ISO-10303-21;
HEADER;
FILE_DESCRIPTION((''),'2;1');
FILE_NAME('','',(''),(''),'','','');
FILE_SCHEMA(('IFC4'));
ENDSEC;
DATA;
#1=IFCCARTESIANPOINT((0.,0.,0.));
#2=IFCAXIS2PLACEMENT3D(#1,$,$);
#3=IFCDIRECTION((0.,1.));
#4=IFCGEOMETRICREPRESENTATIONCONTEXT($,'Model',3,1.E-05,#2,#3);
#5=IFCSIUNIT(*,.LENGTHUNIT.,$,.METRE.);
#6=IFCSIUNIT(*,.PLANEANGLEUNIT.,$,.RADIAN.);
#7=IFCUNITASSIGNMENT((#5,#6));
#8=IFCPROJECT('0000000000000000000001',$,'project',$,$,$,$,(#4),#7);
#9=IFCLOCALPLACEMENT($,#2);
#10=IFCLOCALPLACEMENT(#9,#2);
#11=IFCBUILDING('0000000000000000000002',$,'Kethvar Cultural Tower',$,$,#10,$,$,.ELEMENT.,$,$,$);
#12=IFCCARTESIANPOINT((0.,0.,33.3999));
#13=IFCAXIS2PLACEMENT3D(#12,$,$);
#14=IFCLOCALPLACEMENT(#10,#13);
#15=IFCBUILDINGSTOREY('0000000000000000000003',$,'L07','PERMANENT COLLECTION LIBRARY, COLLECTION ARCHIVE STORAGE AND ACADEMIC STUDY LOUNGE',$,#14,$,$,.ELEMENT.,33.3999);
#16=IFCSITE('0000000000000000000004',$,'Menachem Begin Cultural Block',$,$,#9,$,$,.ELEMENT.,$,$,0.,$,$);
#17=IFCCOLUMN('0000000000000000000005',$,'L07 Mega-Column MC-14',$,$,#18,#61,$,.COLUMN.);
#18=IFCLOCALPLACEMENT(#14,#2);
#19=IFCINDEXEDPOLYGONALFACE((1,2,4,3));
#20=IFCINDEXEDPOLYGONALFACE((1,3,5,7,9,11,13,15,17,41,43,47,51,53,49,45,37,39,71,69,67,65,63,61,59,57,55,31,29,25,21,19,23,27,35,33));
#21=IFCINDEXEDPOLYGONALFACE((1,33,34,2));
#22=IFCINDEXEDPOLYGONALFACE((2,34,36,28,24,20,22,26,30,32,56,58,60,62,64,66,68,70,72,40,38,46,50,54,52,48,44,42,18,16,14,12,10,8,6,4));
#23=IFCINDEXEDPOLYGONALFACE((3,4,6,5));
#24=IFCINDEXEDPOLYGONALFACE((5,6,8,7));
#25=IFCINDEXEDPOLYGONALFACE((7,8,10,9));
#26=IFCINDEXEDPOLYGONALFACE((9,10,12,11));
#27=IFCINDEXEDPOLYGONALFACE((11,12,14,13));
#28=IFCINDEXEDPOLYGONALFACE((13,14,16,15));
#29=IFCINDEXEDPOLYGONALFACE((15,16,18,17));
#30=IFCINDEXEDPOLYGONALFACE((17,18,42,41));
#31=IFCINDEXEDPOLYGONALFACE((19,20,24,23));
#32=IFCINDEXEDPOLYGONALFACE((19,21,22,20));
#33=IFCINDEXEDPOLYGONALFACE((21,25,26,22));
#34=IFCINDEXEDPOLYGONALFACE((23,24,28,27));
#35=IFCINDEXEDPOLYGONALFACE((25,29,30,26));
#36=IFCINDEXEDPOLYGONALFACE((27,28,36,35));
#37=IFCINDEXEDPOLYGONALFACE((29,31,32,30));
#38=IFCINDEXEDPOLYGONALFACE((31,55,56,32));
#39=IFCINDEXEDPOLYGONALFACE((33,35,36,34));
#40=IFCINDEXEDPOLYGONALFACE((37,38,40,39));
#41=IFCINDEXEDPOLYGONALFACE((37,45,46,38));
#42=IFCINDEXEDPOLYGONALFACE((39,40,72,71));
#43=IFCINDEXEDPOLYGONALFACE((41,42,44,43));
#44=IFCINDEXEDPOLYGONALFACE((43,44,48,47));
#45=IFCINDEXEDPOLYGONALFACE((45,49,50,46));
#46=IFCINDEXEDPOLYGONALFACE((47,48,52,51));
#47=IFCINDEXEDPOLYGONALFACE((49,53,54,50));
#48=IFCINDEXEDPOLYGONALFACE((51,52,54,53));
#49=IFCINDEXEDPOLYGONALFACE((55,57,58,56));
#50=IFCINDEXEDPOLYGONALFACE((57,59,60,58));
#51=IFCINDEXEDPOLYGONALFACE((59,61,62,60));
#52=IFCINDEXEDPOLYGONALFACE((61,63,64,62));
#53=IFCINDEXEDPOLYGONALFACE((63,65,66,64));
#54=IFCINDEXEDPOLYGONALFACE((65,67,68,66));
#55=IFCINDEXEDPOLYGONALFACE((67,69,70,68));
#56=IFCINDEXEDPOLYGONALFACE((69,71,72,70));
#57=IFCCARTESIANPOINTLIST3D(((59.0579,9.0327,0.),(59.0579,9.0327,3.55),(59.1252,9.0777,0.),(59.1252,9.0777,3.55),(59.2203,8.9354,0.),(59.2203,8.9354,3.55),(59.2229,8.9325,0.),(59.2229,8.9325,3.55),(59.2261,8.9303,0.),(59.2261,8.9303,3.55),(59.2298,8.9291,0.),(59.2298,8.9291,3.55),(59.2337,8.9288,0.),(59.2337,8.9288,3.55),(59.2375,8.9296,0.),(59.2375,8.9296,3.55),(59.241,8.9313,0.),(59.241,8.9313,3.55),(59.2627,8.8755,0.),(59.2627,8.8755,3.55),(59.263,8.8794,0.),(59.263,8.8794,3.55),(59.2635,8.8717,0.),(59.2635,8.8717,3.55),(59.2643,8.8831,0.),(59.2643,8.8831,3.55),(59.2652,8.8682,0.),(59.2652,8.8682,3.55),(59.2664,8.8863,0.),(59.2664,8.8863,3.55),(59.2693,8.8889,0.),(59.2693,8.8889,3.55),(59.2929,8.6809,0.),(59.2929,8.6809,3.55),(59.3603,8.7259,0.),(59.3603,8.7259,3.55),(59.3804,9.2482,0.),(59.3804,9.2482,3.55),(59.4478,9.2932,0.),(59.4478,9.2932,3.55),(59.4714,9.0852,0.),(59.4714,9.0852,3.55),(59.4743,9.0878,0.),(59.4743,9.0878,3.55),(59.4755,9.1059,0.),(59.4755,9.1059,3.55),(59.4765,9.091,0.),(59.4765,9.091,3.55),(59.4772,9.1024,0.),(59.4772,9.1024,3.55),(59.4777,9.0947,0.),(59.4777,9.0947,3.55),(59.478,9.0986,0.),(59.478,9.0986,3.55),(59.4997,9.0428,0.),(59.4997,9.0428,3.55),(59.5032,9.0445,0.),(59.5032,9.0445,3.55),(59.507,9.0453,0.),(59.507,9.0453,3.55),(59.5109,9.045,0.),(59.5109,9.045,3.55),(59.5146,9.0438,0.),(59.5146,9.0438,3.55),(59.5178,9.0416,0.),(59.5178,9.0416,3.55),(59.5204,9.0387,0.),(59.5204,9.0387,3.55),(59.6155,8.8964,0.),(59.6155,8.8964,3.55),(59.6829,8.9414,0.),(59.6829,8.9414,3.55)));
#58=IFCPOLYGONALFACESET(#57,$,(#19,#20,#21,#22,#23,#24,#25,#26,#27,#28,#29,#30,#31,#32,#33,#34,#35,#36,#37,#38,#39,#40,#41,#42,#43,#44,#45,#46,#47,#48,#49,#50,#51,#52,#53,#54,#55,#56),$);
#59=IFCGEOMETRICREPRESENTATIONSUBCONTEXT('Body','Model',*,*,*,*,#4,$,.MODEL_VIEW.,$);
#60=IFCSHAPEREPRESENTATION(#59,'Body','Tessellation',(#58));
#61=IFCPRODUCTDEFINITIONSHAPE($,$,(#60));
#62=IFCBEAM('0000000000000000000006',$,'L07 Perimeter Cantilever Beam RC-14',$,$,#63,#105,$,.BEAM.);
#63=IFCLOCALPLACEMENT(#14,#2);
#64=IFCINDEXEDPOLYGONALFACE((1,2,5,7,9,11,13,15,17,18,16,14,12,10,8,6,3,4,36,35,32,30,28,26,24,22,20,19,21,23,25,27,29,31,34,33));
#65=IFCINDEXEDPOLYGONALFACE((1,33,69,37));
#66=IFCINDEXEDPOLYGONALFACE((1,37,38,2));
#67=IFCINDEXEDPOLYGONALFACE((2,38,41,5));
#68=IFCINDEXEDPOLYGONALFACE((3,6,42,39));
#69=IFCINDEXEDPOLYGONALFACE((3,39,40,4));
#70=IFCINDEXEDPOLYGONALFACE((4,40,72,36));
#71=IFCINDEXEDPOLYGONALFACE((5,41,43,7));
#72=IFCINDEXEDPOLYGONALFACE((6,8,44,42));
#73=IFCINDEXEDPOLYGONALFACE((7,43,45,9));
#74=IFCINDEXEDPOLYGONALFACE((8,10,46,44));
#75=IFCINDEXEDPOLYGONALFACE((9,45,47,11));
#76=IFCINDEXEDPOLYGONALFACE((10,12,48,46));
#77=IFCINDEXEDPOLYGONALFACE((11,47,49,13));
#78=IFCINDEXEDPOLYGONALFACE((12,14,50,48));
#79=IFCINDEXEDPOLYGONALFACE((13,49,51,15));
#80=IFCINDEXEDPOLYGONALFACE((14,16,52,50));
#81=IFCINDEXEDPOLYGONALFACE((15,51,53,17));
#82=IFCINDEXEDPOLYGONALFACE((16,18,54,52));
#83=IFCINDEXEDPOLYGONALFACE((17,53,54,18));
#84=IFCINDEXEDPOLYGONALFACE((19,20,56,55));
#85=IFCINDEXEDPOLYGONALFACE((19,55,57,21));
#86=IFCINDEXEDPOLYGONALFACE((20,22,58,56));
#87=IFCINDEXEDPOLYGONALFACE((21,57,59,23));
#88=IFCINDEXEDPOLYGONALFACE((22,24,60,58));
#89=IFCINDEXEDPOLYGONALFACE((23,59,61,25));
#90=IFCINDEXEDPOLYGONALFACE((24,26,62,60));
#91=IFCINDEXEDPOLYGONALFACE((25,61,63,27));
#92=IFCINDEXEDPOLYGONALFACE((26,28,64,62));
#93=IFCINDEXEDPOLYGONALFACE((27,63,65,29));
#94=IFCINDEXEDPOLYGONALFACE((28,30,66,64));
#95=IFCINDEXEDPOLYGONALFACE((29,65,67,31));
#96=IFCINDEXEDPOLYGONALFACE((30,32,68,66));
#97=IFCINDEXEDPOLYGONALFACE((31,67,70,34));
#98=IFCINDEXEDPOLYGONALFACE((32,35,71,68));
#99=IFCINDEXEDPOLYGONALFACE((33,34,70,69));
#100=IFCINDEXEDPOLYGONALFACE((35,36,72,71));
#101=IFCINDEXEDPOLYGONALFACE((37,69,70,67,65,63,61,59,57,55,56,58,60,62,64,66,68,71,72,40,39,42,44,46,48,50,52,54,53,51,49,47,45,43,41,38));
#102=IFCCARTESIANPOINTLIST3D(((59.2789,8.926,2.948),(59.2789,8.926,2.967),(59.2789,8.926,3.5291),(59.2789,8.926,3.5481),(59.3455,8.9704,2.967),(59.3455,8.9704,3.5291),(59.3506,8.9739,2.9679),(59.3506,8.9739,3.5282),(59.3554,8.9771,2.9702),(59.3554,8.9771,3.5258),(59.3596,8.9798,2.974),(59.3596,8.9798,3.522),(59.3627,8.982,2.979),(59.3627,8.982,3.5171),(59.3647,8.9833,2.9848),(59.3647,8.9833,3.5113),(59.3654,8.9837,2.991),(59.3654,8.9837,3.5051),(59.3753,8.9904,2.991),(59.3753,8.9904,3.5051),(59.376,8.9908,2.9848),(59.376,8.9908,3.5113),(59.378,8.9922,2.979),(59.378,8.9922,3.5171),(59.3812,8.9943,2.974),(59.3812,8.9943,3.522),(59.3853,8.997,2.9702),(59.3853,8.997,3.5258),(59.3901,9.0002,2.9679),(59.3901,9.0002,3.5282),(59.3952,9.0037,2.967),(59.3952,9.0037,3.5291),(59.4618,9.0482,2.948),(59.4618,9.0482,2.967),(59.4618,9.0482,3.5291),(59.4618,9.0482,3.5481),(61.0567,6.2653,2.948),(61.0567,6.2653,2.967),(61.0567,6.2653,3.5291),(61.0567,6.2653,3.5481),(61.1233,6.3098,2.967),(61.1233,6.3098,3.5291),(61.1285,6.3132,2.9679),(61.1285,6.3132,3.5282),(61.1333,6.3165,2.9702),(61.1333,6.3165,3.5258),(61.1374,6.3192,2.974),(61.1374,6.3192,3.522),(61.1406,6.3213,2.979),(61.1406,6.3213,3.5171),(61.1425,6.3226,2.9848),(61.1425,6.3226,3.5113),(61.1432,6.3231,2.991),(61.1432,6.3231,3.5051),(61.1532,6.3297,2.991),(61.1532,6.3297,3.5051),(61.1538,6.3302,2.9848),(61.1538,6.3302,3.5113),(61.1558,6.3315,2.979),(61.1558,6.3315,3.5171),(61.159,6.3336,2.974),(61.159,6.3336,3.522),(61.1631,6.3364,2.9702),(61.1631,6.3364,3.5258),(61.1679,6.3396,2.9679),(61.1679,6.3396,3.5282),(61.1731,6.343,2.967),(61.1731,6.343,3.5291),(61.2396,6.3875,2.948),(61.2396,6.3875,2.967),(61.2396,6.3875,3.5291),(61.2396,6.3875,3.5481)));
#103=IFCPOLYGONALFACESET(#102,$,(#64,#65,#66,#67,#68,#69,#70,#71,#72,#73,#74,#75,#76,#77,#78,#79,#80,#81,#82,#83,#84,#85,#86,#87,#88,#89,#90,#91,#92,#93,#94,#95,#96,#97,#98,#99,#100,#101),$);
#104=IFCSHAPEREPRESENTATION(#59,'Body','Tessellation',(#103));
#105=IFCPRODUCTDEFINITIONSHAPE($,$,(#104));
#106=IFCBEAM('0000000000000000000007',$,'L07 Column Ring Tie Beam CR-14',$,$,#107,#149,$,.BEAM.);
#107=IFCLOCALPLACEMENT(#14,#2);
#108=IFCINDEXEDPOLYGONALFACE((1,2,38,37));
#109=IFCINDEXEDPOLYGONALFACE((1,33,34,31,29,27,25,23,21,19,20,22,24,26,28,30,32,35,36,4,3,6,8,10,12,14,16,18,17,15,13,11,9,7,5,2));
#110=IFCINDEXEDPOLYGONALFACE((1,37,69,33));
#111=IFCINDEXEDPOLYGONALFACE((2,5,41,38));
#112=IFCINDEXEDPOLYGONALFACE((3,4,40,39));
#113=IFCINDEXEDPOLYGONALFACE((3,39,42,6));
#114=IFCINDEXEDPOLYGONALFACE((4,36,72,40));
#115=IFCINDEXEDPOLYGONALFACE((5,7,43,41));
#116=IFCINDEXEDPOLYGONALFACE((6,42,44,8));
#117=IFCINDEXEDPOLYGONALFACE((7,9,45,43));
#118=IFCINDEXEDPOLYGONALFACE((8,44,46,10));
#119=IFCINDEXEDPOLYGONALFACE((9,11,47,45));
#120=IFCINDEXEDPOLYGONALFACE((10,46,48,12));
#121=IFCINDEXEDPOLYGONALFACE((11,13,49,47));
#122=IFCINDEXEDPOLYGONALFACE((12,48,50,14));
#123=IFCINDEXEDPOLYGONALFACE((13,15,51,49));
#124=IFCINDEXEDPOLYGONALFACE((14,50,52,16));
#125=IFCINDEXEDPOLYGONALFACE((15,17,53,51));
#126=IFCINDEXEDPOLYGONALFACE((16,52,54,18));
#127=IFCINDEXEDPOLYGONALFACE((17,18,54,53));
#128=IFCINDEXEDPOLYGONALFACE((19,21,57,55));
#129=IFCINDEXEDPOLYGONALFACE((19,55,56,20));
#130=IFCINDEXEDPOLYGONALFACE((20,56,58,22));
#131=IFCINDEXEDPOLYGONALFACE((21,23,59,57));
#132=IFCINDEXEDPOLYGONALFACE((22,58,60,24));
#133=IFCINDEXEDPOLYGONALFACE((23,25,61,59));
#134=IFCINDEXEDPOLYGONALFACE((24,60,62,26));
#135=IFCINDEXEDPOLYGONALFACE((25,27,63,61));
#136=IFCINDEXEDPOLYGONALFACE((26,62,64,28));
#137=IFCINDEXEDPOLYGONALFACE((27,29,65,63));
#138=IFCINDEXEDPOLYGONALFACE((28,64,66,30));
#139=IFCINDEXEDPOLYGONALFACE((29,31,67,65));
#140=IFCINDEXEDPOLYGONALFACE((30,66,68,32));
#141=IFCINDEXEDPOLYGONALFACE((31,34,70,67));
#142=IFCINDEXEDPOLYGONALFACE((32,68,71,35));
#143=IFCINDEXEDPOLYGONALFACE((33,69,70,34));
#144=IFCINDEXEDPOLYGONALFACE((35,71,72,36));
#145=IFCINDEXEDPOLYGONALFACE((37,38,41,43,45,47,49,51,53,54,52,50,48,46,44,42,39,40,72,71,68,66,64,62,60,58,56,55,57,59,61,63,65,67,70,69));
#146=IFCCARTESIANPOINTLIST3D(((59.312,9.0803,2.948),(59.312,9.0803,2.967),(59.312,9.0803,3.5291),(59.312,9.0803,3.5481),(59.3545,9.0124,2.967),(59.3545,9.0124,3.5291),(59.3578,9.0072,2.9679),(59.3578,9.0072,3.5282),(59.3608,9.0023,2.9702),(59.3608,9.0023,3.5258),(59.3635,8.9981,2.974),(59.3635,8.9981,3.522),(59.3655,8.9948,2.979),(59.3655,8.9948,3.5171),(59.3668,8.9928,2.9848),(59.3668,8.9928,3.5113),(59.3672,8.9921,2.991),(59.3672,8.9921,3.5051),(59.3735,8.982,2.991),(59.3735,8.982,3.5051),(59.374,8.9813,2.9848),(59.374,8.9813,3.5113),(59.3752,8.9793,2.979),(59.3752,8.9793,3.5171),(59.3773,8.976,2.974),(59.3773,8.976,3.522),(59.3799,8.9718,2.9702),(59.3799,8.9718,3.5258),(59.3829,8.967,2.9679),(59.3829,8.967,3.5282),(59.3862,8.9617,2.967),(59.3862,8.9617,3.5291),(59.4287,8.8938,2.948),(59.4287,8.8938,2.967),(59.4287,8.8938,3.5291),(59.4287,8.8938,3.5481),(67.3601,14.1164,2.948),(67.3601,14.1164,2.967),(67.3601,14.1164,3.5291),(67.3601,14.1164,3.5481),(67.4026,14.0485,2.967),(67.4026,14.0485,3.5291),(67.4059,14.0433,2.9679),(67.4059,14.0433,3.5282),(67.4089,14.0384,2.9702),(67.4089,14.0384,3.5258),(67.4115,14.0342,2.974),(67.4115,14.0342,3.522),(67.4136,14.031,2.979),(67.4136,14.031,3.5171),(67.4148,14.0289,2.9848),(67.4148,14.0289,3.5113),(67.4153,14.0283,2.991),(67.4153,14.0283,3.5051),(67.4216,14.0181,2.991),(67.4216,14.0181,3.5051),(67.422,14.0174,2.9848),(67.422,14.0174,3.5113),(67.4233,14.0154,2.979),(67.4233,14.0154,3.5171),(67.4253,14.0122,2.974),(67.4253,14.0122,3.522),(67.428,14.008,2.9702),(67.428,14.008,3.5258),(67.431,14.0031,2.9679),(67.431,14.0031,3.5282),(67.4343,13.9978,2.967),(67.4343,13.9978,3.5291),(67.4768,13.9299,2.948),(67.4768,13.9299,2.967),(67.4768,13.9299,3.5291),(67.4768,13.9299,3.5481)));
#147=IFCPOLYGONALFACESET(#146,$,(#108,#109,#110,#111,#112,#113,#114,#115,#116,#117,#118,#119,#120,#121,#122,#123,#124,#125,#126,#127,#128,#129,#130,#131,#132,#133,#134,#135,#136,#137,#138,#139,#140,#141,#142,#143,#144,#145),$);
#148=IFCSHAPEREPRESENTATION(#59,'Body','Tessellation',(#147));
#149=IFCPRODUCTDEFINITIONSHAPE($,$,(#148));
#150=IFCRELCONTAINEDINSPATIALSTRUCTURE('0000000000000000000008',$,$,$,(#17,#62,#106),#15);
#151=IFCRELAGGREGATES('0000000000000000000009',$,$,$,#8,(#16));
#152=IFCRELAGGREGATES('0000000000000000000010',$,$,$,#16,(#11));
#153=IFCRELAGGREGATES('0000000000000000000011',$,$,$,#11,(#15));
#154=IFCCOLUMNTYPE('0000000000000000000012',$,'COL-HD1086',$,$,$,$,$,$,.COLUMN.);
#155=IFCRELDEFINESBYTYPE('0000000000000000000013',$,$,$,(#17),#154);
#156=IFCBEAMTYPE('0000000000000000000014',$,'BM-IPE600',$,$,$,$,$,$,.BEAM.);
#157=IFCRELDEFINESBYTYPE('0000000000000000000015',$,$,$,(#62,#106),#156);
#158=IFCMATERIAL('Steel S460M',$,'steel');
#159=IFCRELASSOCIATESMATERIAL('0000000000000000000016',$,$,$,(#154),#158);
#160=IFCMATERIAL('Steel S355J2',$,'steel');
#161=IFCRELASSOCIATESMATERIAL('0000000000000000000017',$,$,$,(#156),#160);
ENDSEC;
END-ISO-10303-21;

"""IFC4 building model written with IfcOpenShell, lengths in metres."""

from ifc_helpers import new_model, si_unit, direction, frame, origin, origin_2d, place, context, subcontext, project, spatial, i_section, extrude, source, transform, mapped, material, material_profile, profile_set, type_object, element, save


model = new_model("IFC4")

# Units and contexts
model_context = context("Model", 3, precision=1e-05, world=origin(), true_north=direction((0.0, 1.0)))
body_context = subcontext(model_context, "Body", "Model", "MODEL_VIEW")
ifc_project = project(units=[si_unit("LENGTHUNIT", "METRE"), si_unit("PLANEANGLEUNIT", "RADIAN")], contexts=[model_context])

# Site, building, storey
site_placement = place(None, origin())
site = spatial("IfcSite", under=ifc_project, at=site_placement, Name="Menachem Begin Cultural Block", CompositionType="ELEMENT", RefElevation=0.0)
building_placement = place(site_placement, origin())
building = spatial("IfcBuilding", under=site, at=building_placement, Name="Kethvar Cultural Tower", CompositionType="ELEMENT")
storey_placement = place(building_placement, frame((0.0, 0.0, 33.3999)))
storey = spatial("IfcBuildingStorey", under=building, at=storey_placement, Name="L07", Description="PERMANENT COLLECTION LIBRARY, COLLECTION ARCHIVE STORAGE AND ACADEMIC STUDY LOUNGE", CompositionType="ELEMENT", Elevation=33.3999)

# Column
ifc_material_1 = material(Name="Steel S460M", Category="steel")
ifc_material_profile_1 = material_profile(ifc_material_1, i_section(OverallWidth=0.4231, OverallDepth=0.469, WebThickness=0.051, FlangeThickness=0.0811, FilletRadius=0.0149, at=origin_2d()), Name="Steel S460M — HD400x1086")
ifc_profile_set_1 = profile_set([ifc_material_profile_1], Name="Steel S460M — HD400x1086")
column_type = type_object("IfcColumnType", Name="COL-HD1086", PredefinedType="COLUMN", material=ifc_profile_set_1)
shared_shape_1 = source(origin(), body_context, "Body", "SweptSolid", [
    extrude(i_section(OverallWidth=0.4231, OverallDepth=0.469, WebThickness=0.051, FlangeThickness=0.0811, FilletRadius=0.0149, at=origin_2d()), origin(), (0.0, 0.0, 1.0), 3.55),
])
column_placement = place(storey_placement, frame((59.3704, 8.9871, 0.0), z_axis=(0.0, 0.0, 1.0), x_axis=(0.55557, -0.83147, 0.0)))
element("IfcColumn", 1, at=column_placement, inside=storey, type_object=column_type, Name="L07 Mega-Column MC-14", PredefinedType="COLUMN", context=body_context, shape_type="MappedRepresentation", body=[
    mapped(shared_shape_1, transform((0.0, 0.0, 0.0), scale=1.0)),
])

# Beams
ifc_material_2 = material(Name="Steel S355J2", Category="steel")
ifc_material_profile_2 = material_profile(ifc_material_2, i_section(OverallWidth=0.22, OverallDepth=0.6001, WebThickness=0.012, FlangeThickness=0.019, FilletRadius=0.0239, at=origin_2d()), Name="Steel S355J2 — IPE600")
ifc_profile_set_2 = profile_set([ifc_material_profile_2], Name="Steel S355J2 — IPE600")
beam_type_1 = type_object("IfcBeamType", Name="BM-IPE600", PredefinedType="BEAM", material=ifc_profile_set_2)
shared_shape_2 = source(origin(), body_context, "Body", "SweptSolid", [
    extrude(i_section(OverallWidth=0.22, OverallDepth=0.6001, WebThickness=0.012, FlangeThickness=0.019, FilletRadius=0.0239, at=origin_2d()), origin(), (0.0, 0.0, 1.0), 3.2),
])
beam_1_placement = place(storey_placement, frame((59.3704, 8.9871, 3.248), z_axis=(0.55558, -0.831463, 0.0), x_axis=(0.831463, 0.55558, 0.0)))
element("IfcBeam", 2, at=beam_1_placement, inside=storey, type_object=beam_type_1, Name="L07 Perimeter Cantilever Beam RC-14", PredefinedType="BEAM", context=body_context, shape_type="MappedRepresentation", body=[
    mapped(shared_shape_2, transform((0.0, 0.0, 0.0), scale=1.0)),
])
shared_shape_3 = source(origin(), body_context, "Body", "SweptSolid", [
    extrude(i_section(OverallWidth=0.22, OverallDepth=0.6001, WebThickness=0.012, FlangeThickness=0.019, FilletRadius=0.0239, at=origin_2d()), origin(), (0.0, 0.0, 1.0), 9.4939),
])
beam_2_placement = place(storey_placement, frame((59.3704, 8.9871, 3.248), z_axis=(0.847711, 0.530459, 0.0), x_axis=(-0.530459, 0.847711, 0.0)))
element("IfcBeam", 3, at=beam_2_placement, inside=storey, type_object=beam_type_1, Name="L07 Column Ring Tie Beam CR-14", PredefinedType="BEAM", context=body_context, shape_type="MappedRepresentation", body=[
    mapped(shared_shape_3, transform((0.0, 0.0, 0.0), scale=1.0)),
])

save(model, "model.ifc")
